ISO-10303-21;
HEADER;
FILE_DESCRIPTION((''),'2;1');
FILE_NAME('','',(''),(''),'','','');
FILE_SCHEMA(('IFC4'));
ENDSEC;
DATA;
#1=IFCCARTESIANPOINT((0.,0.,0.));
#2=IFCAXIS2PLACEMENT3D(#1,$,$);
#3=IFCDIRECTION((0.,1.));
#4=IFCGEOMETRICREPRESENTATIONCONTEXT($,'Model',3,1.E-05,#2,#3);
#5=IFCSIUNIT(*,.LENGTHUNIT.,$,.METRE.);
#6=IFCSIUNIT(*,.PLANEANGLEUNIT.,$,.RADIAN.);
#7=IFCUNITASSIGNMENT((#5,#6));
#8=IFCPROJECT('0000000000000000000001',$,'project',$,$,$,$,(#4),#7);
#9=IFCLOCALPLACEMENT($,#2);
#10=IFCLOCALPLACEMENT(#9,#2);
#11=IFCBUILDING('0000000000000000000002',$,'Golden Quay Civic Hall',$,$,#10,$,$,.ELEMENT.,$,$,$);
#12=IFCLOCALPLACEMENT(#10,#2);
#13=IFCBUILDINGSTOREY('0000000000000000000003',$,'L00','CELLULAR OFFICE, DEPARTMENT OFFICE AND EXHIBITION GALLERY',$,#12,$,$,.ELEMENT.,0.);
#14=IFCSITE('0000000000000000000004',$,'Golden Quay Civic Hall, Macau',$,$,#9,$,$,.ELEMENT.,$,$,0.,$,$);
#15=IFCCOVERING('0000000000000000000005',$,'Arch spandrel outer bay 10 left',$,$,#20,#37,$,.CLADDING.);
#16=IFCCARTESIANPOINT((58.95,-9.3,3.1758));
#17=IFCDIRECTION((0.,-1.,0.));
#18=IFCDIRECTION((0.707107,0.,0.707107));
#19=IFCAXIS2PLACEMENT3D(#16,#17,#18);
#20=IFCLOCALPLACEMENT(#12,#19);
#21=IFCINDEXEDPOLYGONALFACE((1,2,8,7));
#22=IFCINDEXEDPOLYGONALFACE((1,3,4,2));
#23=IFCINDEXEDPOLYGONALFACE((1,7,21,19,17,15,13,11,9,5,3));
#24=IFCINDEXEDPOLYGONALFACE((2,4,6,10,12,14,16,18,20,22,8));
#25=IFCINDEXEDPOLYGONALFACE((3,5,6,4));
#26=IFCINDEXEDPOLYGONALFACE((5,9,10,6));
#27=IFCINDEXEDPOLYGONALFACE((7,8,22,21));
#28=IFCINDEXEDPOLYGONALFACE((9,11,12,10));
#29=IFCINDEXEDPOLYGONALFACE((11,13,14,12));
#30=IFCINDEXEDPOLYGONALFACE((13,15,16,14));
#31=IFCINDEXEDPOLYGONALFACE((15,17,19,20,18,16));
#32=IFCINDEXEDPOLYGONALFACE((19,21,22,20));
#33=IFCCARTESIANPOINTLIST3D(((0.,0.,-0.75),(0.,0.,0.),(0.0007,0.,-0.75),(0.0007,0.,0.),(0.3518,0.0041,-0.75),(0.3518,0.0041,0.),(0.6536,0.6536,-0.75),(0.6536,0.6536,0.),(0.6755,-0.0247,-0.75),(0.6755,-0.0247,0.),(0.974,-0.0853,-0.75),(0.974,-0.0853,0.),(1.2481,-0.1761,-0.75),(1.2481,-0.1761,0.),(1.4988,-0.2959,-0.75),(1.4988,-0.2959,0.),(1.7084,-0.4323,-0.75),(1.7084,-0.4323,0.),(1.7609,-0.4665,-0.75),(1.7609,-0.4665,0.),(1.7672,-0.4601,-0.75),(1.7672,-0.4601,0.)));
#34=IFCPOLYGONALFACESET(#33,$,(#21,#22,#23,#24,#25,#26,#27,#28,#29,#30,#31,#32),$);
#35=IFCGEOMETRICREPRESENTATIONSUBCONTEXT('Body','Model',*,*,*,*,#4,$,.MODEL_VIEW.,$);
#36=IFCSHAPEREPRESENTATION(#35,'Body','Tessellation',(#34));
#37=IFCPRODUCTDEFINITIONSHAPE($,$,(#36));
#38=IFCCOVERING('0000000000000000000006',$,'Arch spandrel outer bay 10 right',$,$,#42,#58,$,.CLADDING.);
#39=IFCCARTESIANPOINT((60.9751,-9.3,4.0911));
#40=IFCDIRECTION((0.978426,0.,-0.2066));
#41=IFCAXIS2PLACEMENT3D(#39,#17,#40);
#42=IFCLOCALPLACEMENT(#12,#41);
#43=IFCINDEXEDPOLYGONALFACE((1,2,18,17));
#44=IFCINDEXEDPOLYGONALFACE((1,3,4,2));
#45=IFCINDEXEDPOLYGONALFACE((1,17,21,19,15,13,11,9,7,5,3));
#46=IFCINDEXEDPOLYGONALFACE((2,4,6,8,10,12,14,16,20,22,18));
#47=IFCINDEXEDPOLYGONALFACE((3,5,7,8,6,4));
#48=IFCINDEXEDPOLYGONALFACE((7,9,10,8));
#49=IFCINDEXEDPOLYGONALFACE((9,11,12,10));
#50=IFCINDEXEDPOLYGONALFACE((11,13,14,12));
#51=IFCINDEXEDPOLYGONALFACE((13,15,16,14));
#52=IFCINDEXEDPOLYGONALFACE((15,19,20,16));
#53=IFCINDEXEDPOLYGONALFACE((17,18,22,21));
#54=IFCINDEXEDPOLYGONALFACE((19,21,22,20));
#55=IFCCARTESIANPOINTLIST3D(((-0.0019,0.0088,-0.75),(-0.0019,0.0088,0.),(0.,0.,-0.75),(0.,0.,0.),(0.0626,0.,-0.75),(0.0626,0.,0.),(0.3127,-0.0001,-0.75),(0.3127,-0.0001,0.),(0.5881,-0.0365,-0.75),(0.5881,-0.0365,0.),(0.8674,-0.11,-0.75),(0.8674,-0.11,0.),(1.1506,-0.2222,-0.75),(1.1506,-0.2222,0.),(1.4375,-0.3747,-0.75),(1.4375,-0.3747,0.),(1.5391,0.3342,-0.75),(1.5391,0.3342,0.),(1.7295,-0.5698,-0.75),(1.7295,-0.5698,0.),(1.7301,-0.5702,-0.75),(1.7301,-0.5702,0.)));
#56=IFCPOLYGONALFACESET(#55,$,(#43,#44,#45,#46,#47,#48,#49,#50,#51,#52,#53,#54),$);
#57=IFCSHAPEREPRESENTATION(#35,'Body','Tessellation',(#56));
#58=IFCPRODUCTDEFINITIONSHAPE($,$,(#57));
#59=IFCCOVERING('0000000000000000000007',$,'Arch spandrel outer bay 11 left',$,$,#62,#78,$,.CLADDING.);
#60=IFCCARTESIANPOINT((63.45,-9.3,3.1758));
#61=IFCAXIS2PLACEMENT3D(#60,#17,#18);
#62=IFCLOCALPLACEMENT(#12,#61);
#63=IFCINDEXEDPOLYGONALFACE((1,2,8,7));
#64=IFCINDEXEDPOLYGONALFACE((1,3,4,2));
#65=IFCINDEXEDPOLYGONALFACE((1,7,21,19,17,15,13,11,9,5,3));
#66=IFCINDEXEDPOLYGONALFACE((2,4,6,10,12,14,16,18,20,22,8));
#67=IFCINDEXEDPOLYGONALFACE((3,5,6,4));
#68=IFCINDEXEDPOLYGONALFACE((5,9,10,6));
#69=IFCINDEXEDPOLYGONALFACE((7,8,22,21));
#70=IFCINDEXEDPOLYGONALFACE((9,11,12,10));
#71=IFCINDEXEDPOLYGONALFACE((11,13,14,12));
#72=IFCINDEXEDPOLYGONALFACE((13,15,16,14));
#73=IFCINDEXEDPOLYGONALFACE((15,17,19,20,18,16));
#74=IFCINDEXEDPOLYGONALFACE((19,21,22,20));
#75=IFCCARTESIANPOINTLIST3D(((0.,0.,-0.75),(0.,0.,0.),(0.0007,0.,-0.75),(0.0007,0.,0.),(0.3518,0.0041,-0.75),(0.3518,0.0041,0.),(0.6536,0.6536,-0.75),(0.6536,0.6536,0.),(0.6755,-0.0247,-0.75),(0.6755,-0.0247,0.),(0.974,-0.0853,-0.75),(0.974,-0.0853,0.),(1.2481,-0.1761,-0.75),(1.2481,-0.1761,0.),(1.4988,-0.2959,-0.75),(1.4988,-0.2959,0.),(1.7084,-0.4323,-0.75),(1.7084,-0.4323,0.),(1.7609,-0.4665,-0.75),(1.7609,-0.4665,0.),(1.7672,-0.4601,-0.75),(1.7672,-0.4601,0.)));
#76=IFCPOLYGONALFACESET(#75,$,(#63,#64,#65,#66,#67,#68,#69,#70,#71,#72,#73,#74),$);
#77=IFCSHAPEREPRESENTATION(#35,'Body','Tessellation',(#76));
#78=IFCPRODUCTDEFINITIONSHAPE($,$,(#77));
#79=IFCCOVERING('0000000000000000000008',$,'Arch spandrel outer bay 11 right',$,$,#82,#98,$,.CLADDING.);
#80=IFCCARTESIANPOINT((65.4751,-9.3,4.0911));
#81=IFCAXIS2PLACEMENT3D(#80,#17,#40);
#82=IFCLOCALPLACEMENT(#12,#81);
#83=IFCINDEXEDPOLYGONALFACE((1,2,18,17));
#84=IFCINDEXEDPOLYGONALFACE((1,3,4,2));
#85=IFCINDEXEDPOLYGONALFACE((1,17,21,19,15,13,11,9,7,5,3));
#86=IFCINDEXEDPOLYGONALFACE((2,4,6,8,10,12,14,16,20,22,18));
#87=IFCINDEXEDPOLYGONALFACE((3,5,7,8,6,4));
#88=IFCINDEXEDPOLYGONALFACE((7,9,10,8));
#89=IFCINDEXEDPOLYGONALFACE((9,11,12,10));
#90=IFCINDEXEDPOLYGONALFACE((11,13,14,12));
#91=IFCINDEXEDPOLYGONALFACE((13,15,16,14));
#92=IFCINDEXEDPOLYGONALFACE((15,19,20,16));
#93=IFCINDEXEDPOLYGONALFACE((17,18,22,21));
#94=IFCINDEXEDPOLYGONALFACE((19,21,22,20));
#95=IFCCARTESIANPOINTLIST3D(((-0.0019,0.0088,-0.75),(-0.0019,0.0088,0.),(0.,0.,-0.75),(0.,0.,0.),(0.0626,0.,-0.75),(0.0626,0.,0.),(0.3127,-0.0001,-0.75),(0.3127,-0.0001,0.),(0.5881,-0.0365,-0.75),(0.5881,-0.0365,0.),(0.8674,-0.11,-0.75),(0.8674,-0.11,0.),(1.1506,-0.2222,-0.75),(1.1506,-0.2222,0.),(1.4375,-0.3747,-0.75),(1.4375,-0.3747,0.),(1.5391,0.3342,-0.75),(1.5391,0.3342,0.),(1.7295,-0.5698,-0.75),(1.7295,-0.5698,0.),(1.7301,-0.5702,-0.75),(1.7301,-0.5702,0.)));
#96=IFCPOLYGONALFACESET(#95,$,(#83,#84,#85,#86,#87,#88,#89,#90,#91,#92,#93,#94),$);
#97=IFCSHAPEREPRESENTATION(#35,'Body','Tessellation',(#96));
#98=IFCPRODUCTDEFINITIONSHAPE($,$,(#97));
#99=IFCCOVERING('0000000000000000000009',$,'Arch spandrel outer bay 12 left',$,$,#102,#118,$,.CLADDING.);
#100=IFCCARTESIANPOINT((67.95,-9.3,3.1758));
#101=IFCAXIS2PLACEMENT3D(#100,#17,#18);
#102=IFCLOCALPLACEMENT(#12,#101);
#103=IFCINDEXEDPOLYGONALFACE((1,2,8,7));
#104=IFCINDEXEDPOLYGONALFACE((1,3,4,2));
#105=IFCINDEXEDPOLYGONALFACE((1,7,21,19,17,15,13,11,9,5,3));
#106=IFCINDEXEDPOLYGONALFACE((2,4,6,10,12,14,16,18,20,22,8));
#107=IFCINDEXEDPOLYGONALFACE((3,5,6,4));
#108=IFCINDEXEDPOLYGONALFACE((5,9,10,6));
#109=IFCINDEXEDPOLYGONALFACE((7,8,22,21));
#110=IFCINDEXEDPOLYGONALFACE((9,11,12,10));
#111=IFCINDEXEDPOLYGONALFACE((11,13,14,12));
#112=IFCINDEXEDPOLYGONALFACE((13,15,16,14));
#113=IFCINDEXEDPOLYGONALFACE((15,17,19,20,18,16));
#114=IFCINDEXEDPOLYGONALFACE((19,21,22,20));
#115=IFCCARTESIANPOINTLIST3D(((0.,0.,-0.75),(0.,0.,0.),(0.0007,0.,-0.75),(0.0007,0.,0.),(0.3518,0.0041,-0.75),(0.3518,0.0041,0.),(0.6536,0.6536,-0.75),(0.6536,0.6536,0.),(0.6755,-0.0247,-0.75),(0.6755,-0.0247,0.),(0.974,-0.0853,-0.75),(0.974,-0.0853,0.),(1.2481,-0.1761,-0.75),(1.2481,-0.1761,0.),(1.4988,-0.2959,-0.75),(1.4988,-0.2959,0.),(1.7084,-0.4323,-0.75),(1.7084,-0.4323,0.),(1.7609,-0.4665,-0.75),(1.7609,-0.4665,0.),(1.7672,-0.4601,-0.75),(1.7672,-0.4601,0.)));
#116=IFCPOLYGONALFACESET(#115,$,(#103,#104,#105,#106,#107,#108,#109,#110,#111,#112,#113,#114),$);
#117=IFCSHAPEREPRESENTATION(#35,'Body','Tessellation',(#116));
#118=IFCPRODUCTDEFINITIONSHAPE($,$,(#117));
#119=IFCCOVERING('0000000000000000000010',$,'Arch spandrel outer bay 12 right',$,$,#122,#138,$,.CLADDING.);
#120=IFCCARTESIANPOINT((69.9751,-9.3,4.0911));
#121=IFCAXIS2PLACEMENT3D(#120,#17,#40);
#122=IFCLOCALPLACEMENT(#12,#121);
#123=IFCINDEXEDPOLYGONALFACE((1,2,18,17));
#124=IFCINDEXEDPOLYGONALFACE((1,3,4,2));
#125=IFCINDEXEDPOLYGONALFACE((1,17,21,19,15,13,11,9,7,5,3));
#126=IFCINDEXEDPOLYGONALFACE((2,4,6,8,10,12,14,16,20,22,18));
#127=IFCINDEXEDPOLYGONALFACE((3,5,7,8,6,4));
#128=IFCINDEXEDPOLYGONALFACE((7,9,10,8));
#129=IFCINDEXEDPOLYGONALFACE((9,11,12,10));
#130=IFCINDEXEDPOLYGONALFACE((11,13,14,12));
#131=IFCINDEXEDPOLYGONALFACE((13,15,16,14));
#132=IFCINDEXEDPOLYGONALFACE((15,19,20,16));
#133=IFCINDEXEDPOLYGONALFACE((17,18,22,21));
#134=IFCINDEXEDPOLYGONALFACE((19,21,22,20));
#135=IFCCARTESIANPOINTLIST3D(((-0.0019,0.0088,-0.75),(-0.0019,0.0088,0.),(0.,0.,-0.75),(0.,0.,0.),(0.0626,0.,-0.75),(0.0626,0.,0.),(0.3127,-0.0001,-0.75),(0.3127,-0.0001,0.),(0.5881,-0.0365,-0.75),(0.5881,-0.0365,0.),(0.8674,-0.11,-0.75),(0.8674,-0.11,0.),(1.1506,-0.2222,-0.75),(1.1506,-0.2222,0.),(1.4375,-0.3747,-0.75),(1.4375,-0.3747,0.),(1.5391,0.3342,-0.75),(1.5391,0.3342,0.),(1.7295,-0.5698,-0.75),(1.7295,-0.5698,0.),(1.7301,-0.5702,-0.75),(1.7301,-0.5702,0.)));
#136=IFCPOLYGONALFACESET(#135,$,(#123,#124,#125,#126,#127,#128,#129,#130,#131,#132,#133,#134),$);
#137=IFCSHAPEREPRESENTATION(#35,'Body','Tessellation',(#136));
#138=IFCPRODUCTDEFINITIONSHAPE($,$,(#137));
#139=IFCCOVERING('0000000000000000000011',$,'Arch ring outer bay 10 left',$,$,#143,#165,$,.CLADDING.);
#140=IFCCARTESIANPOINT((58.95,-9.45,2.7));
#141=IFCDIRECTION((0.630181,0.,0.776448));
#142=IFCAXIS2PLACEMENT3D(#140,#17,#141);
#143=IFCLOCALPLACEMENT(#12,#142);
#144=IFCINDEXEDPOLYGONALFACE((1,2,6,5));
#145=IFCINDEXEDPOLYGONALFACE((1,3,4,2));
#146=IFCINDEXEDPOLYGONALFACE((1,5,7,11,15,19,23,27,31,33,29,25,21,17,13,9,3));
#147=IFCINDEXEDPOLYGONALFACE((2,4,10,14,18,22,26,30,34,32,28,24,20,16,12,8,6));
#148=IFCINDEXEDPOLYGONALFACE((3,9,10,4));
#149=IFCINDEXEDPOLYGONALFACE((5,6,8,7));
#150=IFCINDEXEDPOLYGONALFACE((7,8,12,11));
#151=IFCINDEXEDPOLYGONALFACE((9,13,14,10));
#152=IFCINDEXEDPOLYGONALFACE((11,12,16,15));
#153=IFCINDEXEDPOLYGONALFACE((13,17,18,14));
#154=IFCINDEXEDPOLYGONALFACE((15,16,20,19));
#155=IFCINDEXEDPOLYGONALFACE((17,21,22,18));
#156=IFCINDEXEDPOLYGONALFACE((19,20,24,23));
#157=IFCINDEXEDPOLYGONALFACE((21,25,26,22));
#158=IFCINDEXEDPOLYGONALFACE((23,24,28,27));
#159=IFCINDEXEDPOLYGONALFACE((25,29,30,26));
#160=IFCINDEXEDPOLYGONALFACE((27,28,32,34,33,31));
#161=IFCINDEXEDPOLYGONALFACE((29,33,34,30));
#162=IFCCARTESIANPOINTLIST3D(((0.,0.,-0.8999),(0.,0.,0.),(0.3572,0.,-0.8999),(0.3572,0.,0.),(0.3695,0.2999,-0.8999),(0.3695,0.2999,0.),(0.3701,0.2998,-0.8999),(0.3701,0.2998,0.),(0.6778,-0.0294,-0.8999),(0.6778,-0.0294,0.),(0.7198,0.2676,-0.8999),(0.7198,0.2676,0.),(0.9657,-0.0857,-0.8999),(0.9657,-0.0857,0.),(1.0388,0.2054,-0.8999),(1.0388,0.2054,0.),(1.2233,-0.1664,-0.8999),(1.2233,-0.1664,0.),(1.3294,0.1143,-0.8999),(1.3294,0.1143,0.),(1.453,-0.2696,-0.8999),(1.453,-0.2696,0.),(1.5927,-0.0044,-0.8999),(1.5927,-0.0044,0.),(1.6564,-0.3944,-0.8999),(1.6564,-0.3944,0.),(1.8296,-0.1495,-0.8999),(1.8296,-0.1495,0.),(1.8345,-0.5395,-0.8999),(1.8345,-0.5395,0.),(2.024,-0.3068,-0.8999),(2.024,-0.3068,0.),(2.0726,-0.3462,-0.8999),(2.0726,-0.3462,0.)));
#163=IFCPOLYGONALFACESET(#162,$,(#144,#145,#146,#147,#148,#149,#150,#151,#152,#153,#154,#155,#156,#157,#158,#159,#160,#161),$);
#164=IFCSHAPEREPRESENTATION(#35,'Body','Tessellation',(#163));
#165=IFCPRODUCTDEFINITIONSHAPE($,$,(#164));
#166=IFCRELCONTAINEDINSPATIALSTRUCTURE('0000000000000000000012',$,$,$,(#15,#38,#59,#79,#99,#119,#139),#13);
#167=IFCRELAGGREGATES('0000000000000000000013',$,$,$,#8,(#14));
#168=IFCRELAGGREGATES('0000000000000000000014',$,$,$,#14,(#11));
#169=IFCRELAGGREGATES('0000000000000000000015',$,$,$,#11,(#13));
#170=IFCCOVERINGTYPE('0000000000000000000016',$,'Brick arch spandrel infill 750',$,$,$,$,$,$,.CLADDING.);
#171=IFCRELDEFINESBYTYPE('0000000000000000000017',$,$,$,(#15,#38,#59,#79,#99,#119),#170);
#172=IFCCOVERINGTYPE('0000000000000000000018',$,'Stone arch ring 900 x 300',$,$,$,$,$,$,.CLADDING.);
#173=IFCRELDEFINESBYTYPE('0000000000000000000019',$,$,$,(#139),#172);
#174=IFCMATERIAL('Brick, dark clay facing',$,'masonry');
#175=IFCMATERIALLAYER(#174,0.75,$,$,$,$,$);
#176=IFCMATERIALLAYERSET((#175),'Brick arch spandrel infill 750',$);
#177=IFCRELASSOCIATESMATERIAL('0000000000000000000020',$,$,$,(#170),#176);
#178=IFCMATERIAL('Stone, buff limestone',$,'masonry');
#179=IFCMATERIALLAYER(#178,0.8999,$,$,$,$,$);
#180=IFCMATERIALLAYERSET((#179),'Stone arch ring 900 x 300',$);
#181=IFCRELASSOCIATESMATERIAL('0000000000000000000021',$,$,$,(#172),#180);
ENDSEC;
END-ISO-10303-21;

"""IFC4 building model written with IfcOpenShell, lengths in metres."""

from ifc_helpers import new_model, si_unit, direction, frame, origin, place, context, subcontext, project, spatial, polyline, outline, extrude, material, layer, layer_set, type_object, element, save


model = new_model("IFC4")

# Units and contexts
model_context = context("Model", 3, precision=1e-05, world=origin(), true_north=direction((0.0, 1.0)))
body_context = subcontext(model_context, "Body", "Model", "MODEL_VIEW")
ifc_project = project(units=[si_unit("LENGTHUNIT", "METRE"), si_unit("PLANEANGLEUNIT", "RADIAN")], contexts=[model_context])

# Site, building, storey
site_placement = place(None, origin())
site = spatial("IfcSite", under=ifc_project, at=site_placement, Name="Golden Quay Civic Hall, Macau", CompositionType="ELEMENT", RefElevation=0.0)
building_placement = place(site_placement, origin())
building = spatial("IfcBuilding", under=site, at=building_placement, Name="Golden Quay Civic Hall", CompositionType="ELEMENT")
storey_placement = place(building_placement, origin())
storey = spatial("IfcBuildingStorey", under=building, at=storey_placement, Name="L00", Description="CELLULAR OFFICE, DEPARTMENT OFFICE AND EXHIBITION GALLERY", CompositionType="ELEMENT", Elevation=0.0)

# Coverings
ifc_material_1 = material(Name="Brick, dark clay facing", Category="masonry")
ifc_layer_1 = layer(ifc_material_1, 0.75)
ifc_layer_set_1 = layer_set([ifc_layer_1], Name="Brick arch spandrel infill 750")
covering_type_1 = type_object("IfcCoveringType", Name="Brick arch spandrel infill 750", PredefinedType="CLADDING", material=ifc_layer_set_1)
covering_1_placement = place(storey_placement, frame((58.95, -9.3, 3.1758), z_axis=(0.0, -1.0, 0.0), x_axis=(0.707107, 0.0, 0.707107)))
element("IfcCovering", 1, at=covering_1_placement, inside=storey, type_object=covering_type_1, Name="Arch spandrel outer bay 10 left", PredefinedType="CLADDING", context=body_context, shape_type="SweptSolid", body=[
    extrude(outline(polyline([(0.0, 0.0), (0.0007, 0.0), (0.3518, 0.0041), (0.6755, -0.0247), (0.974, -0.0853), (1.2481, -0.1761), (1.4988, -0.2959), (1.7084, -0.4323), (1.7609, -0.4665), (1.7672, -0.4601), (0.6536, 0.6536), (0.0, 0.0)])), origin(), (0.0, 0.0, -1.0), 0.75),
])
covering_2_placement = place(storey_placement, frame((60.9751, -9.3, 4.0911), z_axis=(0.0, -1.0, 0.0), x_axis=(0.978426, 0.0, -0.2066)))
element("IfcCovering", 2, at=covering_2_placement, inside=storey, type_object=covering_type_1, Name="Arch spandrel outer bay 10 right", PredefinedType="CLADDING", context=body_context, shape_type="SweptSolid", body=[
    extrude(outline(polyline([(0.0, 0.0), (0.0626, 0.0), (0.3127, -0.0001), (0.5881, -0.0365), (0.8674, -0.11), (1.1506, -0.2222), (1.4375, -0.3747), (1.7295, -0.5698), (1.7301, -0.5702), (1.5391, 0.3342), (-0.0019, 0.0088), (0.0, 0.0)])), origin(), (0.0, 0.0, -1.0), 0.75),
])
covering_3_placement = place(storey_placement, frame((63.45, -9.3, 3.1758), z_axis=(0.0, -1.0, 0.0), x_axis=(0.707107, 0.0, 0.707107)))
element("IfcCovering", 3, at=covering_3_placement, inside=storey, type_object=covering_type_1, Name="Arch spandrel outer bay 11 left", PredefinedType="CLADDING", context=body_context, shape_type="SweptSolid", body=[
    extrude(outline(polyline([(0.0, 0.0), (0.0007, 0.0), (0.3518, 0.0041), (0.6755, -0.0247), (0.974, -0.0853), (1.2481, -0.1761), (1.4988, -0.2959), (1.7084, -0.4323), (1.7609, -0.4665), (1.7672, -0.4601), (0.6536, 0.6536), (0.0, 0.0)])), origin(), (0.0, 0.0, -1.0), 0.75),
])
covering_4_placement = place(storey_placement, frame((65.4751, -9.3, 4.0911), z_axis=(0.0, -1.0, 0.0), x_axis=(0.978426, 0.0, -0.2066)))
element("IfcCovering", 4, at=covering_4_placement, inside=storey, type_object=covering_type_1, Name="Arch spandrel outer bay 11 right", PredefinedType="CLADDING", context=body_context, shape_type="SweptSolid", body=[
    extrude(outline(polyline([(0.0, 0.0), (0.0626, 0.0), (0.3127, -0.0001), (0.5881, -0.0365), (0.8674, -0.11), (1.1506, -0.2222), (1.4375, -0.3747), (1.7295, -0.5698), (1.7301, -0.5702), (1.5391, 0.3342), (-0.0019, 0.0088), (0.0, 0.0)])), origin(), (0.0, 0.0, -1.0), 0.75),
])
covering_5_placement = place(storey_placement, frame((67.95, -9.3, 3.1758), z_axis=(0.0, -1.0, 0.0), x_axis=(0.707107, 0.0, 0.707107)))
element("IfcCovering", 5, at=covering_5_placement, inside=storey, type_object=covering_type_1, Name="Arch spandrel outer bay 12 left", PredefinedType="CLADDING", context=body_context, shape_type="SweptSolid", body=[
    extrude(outline(polyline([(0.0, 0.0), (0.0007, 0.0), (0.3518, 0.0041), (0.6755, -0.0247), (0.974, -0.0853), (1.2481, -0.1761), (1.4988, -0.2959), (1.7084, -0.4323), (1.7609, -0.4665), (1.7672, -0.4601), (0.6536, 0.6536), (0.0, 0.0)])), origin(), (0.0, 0.0, -1.0), 0.75),
])
covering_6_placement = place(storey_placement, frame((69.9751, -9.3, 4.0911), z_axis=(0.0, -1.0, 0.0), x_axis=(0.978426, 0.0, -0.2066)))
element("IfcCovering", 6, at=covering_6_placement, inside=storey, type_object=covering_type_1, Name="Arch spandrel outer bay 12 right", PredefinedType="CLADDING", context=body_context, shape_type="SweptSolid", body=[
    extrude(outline(polyline([(0.0, 0.0), (0.0626, 0.0), (0.3127, -0.0001), (0.5881, -0.0365), (0.8674, -0.11), (1.1506, -0.2222), (1.4375, -0.3747), (1.7295, -0.5698), (1.7301, -0.5702), (1.5391, 0.3342), (-0.0019, 0.0088), (0.0, 0.0)])), origin(), (0.0, 0.0, -1.0), 0.75),
])
ifc_material_2 = material(Name="Stone, buff limestone", Category="masonry")
ifc_layer_2 = layer(ifc_material_2, 0.8999)
ifc_layer_set_2 = layer_set([ifc_layer_2], Name="Stone arch ring 900 x 300")
covering_type_2 = type_object("IfcCoveringType", Name="Stone arch ring 900 x 300", PredefinedType="CLADDING", material=ifc_layer_set_2)
covering_7_placement = place(storey_placement, frame((58.95, -9.45, 2.7), z_axis=(0.0, -1.0, 0.0), x_axis=(0.630181, 0.0, 0.776448)))
element("IfcCovering", 7, at=covering_7_placement, inside=storey, type_object=covering_type_2, Name="Arch ring outer bay 10 left", PredefinedType="CLADDING", context=body_context, shape_type="SweptSolid", body=[
    extrude(outline(polyline([(0.0, 0.0), (0.3572, 0.0), (0.6778, -0.0294), (0.9657, -0.0857), (1.2233, -0.1664), (1.453, -0.2696), (1.6564, -0.3944), (1.8345, -0.5395), (2.0726, -0.3462), (2.024, -0.3068), (1.8296, -0.1495), (1.5927, -0.0044), (1.3294, 0.1143), (1.0388, 0.2054), (0.7198, 0.2676), (0.3701, 0.2998), (0.3695, 0.2999), (0.0, 0.0)])), origin(), (0.0, 0.0, -1.0), 0.8999),
])

save(model, "model.ifc")
